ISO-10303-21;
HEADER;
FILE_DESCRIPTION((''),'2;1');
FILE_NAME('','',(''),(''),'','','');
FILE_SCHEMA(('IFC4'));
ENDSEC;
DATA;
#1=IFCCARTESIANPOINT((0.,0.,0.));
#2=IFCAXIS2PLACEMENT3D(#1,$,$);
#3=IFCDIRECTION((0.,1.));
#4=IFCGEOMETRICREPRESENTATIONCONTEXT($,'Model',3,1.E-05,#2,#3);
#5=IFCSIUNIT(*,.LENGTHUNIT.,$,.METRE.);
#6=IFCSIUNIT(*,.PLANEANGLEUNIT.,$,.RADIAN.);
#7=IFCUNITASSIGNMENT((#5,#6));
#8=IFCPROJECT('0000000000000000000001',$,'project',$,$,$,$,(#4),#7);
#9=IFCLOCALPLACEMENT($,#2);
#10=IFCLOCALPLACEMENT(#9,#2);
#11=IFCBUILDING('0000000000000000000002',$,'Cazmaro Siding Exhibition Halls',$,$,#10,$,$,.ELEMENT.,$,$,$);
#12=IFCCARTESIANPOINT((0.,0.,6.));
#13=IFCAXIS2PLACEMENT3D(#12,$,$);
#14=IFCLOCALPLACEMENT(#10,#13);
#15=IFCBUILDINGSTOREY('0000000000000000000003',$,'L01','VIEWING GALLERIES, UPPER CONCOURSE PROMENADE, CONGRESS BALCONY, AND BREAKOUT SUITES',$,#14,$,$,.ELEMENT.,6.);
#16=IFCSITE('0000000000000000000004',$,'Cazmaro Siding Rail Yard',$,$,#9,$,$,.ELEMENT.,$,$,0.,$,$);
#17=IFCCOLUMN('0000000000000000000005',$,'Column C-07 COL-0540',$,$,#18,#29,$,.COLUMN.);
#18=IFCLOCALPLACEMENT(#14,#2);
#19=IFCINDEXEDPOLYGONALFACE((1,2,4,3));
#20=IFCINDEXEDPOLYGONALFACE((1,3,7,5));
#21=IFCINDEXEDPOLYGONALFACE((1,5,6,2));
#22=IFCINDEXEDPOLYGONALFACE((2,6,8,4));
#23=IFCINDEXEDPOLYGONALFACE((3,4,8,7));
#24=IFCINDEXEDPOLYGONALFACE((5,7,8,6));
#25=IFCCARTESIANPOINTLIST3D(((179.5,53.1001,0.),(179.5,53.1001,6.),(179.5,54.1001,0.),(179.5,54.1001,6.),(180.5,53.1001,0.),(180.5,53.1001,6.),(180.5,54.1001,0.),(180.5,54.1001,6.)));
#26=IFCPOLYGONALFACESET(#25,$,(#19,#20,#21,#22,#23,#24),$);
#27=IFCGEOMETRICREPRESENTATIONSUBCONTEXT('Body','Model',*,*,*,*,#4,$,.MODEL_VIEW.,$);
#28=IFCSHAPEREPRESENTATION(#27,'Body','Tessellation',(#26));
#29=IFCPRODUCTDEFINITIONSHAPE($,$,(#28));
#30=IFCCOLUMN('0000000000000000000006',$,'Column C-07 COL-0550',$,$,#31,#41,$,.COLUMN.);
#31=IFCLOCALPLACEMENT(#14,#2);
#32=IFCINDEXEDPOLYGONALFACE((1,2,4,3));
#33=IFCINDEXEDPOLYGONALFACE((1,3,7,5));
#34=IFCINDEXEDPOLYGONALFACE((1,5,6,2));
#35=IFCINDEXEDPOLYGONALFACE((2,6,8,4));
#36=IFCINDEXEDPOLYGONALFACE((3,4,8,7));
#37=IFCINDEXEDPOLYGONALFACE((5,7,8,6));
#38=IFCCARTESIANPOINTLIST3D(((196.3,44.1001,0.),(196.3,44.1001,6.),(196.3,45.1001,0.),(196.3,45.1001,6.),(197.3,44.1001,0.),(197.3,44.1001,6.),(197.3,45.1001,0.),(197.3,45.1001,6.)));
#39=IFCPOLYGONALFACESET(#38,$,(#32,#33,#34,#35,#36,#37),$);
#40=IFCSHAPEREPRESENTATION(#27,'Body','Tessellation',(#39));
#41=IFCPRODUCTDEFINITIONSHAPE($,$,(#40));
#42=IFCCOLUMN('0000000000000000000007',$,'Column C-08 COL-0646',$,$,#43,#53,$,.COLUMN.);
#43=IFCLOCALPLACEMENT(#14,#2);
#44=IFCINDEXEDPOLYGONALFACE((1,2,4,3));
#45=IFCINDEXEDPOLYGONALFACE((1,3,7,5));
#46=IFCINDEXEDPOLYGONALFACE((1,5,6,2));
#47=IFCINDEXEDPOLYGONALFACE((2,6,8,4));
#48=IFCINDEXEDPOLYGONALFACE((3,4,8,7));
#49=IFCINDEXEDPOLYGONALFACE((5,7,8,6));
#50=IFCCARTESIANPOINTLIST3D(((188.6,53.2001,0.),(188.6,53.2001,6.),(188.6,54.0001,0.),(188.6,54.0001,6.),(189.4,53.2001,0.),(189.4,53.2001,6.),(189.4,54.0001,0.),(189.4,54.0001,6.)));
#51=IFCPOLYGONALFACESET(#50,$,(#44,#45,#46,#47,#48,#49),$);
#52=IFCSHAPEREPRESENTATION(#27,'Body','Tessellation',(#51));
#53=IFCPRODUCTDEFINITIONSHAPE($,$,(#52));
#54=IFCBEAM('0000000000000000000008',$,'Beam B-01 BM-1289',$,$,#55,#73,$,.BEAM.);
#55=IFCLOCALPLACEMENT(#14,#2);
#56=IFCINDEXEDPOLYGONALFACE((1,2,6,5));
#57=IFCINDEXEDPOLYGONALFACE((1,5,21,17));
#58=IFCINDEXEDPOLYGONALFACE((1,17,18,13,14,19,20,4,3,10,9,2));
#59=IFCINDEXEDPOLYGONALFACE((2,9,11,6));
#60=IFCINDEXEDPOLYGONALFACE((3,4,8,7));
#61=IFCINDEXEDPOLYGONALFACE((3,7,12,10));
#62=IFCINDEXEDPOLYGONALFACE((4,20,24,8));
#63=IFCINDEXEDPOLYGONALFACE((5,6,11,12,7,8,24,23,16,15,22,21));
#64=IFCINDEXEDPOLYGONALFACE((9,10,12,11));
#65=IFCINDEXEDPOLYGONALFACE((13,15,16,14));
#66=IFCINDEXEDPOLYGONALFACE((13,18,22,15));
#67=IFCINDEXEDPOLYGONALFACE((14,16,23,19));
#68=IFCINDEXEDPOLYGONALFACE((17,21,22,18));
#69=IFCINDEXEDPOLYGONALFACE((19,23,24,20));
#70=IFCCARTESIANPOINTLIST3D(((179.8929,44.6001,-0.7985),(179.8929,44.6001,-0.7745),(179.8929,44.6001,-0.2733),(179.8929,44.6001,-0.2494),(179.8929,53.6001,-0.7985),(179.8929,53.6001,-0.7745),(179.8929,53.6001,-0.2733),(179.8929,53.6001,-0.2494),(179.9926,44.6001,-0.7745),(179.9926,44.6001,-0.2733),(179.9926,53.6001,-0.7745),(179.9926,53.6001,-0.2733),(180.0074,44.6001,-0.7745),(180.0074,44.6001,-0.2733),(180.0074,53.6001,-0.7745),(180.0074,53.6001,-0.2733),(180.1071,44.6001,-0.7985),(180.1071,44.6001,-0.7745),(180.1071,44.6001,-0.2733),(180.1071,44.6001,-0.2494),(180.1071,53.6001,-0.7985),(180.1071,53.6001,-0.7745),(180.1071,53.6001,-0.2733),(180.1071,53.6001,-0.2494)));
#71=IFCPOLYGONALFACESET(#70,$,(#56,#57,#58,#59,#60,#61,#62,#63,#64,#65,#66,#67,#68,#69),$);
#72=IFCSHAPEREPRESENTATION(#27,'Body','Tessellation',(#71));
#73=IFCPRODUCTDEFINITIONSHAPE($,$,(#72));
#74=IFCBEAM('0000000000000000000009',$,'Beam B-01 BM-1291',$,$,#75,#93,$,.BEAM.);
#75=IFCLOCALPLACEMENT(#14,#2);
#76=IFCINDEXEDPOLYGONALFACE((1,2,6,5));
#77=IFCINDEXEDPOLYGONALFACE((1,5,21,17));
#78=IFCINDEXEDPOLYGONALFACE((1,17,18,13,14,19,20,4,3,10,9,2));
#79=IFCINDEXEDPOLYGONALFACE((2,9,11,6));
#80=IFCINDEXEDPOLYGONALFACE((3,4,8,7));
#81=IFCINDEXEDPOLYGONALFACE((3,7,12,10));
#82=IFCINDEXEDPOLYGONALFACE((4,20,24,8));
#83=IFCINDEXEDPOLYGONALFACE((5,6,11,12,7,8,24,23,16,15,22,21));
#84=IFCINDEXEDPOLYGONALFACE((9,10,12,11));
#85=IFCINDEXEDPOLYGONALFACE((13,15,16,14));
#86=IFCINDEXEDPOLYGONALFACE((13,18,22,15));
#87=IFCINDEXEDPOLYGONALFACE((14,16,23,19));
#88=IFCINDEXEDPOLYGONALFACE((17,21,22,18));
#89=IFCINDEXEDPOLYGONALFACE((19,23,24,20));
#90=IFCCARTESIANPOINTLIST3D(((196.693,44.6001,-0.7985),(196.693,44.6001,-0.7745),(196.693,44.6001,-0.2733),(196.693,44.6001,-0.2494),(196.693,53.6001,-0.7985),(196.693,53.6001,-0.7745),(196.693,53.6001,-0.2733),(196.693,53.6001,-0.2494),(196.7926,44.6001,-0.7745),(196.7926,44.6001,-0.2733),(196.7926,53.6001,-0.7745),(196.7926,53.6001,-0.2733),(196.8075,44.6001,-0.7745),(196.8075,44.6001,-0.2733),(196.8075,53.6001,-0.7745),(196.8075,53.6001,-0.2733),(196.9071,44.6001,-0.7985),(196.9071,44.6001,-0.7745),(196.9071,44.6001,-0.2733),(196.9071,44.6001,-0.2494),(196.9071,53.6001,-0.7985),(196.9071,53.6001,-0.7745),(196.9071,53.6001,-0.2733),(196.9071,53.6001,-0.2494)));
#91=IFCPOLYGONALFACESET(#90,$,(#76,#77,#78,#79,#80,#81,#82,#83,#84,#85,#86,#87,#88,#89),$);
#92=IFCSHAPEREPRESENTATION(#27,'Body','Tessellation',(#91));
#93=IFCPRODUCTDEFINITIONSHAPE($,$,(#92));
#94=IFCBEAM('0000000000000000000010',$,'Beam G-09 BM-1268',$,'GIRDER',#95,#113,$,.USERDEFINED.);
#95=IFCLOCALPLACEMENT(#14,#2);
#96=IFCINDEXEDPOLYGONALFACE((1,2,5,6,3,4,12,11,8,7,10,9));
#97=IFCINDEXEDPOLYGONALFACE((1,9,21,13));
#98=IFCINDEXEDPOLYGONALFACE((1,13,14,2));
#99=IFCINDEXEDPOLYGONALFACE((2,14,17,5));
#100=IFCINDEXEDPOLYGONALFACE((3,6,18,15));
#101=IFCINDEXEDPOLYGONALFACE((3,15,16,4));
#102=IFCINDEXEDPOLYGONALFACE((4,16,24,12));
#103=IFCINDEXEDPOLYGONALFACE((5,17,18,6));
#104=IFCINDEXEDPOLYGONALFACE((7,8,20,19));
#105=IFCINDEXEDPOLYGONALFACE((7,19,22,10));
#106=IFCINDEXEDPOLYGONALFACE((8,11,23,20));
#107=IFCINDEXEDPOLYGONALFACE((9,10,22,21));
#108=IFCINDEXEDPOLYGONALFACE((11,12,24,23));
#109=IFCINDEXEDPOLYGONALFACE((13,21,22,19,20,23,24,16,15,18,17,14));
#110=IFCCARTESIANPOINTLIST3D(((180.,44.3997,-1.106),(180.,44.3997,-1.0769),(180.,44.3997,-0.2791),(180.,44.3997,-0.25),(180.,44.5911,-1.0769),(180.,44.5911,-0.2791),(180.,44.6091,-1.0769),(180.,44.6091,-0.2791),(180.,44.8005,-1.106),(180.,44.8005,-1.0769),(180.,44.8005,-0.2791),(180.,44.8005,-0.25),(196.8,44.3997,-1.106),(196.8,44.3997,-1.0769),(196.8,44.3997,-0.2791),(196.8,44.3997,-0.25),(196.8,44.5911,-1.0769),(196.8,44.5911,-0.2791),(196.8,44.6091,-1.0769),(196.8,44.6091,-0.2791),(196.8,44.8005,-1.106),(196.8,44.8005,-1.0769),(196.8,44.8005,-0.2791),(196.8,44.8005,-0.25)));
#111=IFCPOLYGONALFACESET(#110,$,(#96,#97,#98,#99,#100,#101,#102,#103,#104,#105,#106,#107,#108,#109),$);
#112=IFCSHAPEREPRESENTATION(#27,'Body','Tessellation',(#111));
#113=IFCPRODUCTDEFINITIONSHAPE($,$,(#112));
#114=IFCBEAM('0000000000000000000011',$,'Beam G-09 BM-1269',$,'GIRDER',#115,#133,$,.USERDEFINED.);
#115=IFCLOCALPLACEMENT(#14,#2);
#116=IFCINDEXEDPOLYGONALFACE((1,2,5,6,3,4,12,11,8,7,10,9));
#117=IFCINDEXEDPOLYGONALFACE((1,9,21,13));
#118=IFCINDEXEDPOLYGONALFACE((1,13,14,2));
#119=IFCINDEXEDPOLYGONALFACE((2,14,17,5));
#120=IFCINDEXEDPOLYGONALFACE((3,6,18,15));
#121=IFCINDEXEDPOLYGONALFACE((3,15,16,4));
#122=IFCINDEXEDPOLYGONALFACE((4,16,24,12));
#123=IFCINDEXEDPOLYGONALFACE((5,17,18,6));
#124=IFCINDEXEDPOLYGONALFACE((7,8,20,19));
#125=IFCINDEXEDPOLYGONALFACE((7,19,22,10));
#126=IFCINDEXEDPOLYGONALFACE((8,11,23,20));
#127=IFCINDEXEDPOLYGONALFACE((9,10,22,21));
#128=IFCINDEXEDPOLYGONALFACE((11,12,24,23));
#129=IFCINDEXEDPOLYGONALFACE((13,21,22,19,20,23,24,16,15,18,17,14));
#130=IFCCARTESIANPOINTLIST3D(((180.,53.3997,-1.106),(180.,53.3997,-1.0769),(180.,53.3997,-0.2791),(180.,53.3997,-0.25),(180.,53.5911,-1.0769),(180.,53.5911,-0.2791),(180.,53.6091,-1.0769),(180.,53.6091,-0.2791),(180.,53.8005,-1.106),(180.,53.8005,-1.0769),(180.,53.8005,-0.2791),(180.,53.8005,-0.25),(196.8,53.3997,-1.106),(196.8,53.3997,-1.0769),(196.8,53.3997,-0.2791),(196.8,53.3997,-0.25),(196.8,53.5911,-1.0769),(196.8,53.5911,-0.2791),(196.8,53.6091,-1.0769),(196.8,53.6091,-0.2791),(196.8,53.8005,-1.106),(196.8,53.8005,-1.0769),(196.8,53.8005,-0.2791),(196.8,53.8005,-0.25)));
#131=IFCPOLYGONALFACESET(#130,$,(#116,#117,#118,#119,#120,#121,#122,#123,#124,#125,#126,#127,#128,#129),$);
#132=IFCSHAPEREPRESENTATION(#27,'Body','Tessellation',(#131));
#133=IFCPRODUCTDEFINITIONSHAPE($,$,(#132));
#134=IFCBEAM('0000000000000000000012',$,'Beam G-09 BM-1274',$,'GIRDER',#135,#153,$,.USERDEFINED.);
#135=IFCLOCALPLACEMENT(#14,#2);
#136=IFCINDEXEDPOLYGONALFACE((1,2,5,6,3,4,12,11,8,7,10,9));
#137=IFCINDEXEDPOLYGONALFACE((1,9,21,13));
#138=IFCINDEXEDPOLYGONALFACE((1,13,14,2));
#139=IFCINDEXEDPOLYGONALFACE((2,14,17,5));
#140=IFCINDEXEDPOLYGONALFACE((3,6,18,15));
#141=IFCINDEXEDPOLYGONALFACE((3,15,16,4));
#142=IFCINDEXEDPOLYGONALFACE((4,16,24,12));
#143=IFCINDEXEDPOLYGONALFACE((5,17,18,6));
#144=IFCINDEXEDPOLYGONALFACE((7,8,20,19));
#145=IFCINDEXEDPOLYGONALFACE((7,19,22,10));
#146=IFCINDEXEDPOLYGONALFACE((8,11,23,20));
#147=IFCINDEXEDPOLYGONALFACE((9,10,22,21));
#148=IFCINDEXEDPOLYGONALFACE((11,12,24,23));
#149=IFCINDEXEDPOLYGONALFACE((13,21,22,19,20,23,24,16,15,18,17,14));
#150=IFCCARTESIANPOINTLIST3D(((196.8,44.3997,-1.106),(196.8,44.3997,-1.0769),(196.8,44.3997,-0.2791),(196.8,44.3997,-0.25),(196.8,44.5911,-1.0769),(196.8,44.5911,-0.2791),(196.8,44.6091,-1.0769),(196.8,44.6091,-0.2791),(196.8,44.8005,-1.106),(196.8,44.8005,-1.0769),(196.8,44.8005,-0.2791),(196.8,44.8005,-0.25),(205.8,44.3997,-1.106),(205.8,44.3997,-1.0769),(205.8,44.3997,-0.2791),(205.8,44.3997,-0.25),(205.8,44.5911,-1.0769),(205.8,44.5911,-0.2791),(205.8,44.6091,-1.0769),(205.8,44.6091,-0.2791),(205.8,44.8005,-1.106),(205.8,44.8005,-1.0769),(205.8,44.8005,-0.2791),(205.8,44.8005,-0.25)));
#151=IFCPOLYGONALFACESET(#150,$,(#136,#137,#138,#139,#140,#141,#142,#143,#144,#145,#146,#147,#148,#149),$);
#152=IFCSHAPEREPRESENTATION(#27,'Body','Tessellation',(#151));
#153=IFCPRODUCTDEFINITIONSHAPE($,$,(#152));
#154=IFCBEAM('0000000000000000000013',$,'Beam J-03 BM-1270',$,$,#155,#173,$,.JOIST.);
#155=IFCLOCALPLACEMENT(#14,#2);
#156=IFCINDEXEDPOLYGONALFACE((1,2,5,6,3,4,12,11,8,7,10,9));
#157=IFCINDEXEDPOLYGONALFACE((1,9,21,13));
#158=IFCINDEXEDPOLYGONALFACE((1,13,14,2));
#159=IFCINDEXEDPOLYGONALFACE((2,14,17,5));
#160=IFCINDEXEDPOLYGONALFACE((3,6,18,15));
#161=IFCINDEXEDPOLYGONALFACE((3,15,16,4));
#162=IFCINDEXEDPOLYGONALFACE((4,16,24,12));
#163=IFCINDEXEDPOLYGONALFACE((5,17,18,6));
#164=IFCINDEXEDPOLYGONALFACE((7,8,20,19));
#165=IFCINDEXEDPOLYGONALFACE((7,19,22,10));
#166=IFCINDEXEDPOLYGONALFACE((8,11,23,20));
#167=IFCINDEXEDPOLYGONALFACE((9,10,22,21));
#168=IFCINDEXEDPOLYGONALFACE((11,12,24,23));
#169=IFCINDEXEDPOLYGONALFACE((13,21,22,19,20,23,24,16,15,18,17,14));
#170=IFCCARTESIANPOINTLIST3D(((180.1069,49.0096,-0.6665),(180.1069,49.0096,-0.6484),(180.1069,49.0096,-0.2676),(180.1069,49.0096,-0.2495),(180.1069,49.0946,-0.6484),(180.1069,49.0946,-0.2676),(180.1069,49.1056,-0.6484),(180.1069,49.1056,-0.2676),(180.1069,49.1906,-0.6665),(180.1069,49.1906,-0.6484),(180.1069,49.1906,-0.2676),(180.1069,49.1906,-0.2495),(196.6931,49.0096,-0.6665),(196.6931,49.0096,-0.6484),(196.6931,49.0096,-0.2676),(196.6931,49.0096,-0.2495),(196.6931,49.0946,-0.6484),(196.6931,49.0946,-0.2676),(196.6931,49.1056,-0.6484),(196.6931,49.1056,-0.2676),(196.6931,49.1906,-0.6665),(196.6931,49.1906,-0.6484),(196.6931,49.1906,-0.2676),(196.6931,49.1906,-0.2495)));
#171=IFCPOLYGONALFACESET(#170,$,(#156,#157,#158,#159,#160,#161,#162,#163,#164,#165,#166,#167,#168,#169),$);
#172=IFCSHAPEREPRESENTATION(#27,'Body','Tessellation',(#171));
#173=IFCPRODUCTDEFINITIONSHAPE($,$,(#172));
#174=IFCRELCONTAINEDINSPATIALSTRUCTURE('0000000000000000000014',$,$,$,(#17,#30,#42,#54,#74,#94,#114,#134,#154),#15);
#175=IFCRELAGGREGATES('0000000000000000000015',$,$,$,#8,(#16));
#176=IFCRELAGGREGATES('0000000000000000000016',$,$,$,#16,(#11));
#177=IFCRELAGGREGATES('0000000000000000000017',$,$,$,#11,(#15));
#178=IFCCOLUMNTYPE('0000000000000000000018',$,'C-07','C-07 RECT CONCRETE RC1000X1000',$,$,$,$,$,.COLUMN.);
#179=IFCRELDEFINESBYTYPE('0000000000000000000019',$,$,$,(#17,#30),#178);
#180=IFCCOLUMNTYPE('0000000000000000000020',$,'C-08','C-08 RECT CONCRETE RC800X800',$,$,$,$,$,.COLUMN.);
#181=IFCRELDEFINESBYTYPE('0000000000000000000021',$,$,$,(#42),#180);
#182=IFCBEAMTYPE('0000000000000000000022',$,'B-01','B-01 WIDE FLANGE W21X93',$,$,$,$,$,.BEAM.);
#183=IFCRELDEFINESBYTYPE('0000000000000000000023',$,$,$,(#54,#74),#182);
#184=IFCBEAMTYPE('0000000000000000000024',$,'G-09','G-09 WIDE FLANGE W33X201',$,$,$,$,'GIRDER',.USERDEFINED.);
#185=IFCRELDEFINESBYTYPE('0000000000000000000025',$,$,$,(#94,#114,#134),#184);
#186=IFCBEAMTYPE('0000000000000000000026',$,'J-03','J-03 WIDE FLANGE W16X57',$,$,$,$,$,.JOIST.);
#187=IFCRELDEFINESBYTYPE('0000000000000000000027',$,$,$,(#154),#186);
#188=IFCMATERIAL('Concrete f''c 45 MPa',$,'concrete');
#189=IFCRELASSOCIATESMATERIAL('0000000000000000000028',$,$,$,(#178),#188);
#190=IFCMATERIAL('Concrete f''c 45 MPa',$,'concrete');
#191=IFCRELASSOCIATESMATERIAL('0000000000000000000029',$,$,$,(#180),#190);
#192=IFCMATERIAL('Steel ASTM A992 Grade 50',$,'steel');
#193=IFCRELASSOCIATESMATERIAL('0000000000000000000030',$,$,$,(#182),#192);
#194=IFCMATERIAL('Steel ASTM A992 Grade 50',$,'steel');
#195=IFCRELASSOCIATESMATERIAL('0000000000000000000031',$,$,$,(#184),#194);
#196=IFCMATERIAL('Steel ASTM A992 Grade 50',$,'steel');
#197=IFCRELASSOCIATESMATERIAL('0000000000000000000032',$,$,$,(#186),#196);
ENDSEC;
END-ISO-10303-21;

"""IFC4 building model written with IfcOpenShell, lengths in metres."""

from ifc_helpers import new_model, si_unit, direction, frame, origin, origin_2d, place, context, subcontext, project, spatial, rectangle, i_section, extrude, material, material_profile, profile_set, type_object, element, save


model = new_model("IFC4")

# Units and contexts
model_context = context("Model", 3, precision=1e-05, world=origin(), true_north=direction((0.0, 1.0)))
body_context = subcontext(model_context, "Body", "Model", "MODEL_VIEW")
ifc_project = project(units=[si_unit("LENGTHUNIT", "METRE"), si_unit("PLANEANGLEUNIT", "RADIAN")], contexts=[model_context])

# Site, building, storey
site_placement = place(None, origin())
site = spatial("IfcSite", under=ifc_project, at=site_placement, Name="Cazmaro Siding Rail Yard", CompositionType="ELEMENT", RefElevation=0.0)
building_placement = place(site_placement, origin())
building = spatial("IfcBuilding", under=site, at=building_placement, Name="Cazmaro Siding Exhibition Halls", CompositionType="ELEMENT")
storey_placement = place(building_placement, frame((0.0, 0.0, 6.0)))
storey = spatial("IfcBuildingStorey", under=building, at=storey_placement, Name="L01", Description="VIEWING GALLERIES, UPPER CONCOURSE PROMENADE, CONGRESS BALCONY, AND BREAKOUT SUITES", CompositionType="ELEMENT", Elevation=6.0)

# Columns
ifc_material_1 = material(Name="Concrete f'c 45 MPa", Category="concrete")
ifc_material_profile_1 = material_profile(ifc_material_1, rectangle(XDim=1.0, YDim=1.0, at=origin_2d()), Name="RC1000X1000")
ifc_profile_set_1 = profile_set([ifc_material_profile_1], Name="Concrete f'c 45 MPa")
column_type_1 = type_object("IfcColumnType", Name="C-07", Description="C-07 RECT CONCRETE RC1000X1000", PredefinedType="COLUMN", material=ifc_profile_set_1)
for number, where, z_axis, x_axis, name in (
    (1, (180.0, 53.6001, 0.0), (0.0, 0.0, 1.0), (1.0, 0.0, 0.0), "Column C-07 COL-0540"),
    (2, (196.8, 44.6001, 0.0), (0.0, 0.0, 1.0), (1.0, 0.0, 0.0), "Column C-07 COL-0550"),
):
    element("IfcColumn", number, at=place(storey_placement, frame(where, z_axis=z_axis, x_axis=x_axis)), inside=storey, type_object=column_type_1, Name=name, PredefinedType="COLUMN", context=body_context, shape_type="SweptSolid", body=[
        extrude(rectangle(XDim=1.0, YDim=1.0, at=origin_2d()), origin(), (0.0, 0.0, 1.0), 6.0),
    ])
ifc_material_2 = material(Name="Concrete f'c 45 MPa", Category="concrete")
ifc_material_profile_2 = material_profile(ifc_material_2, rectangle(XDim=0.8, YDim=0.8, at=origin_2d()), Name="RC800X800")
ifc_profile_set_2 = profile_set([ifc_material_profile_2], Name="Concrete f'c 45 MPa")
column_type_2 = type_object("IfcColumnType", Name="C-08", Description="C-08 RECT CONCRETE RC800X800", PredefinedType="COLUMN", material=ifc_profile_set_2)
column_placement = place(storey_placement, frame((189.0, 53.6001, 0.0), z_axis=(0.0, 0.0, 1.0), x_axis=(1.0, 0.0, 0.0)))
element("IfcColumn", 3, at=column_placement, inside=storey, type_object=column_type_2, Name="Column C-08 COL-0646", PredefinedType="COLUMN", context=body_context, shape_type="SweptSolid", body=[
    extrude(rectangle(XDim=0.8, YDim=0.8, at=origin_2d()), origin(), (0.0, 0.0, 1.0), 6.0),
])

# Beams
ifc_material_3 = material(Name="Steel ASTM A992 Grade 50", Category="steel")
ifc_material_profile_3 = material_profile(ifc_material_3, i_section(OverallWidth=0.2141, OverallDepth=0.5491, WebThickness=0.0149, FlangeThickness=0.0239, at=origin_2d()), Name="W21X93")
ifc_profile_set_3 = profile_set([ifc_material_profile_3], Name="Steel ASTM A992 Grade 50")
beam_type_1 = type_object("IfcBeamType", Name="B-01", Description="B-01 WIDE FLANGE W21X93", PredefinedType="BEAM", material=ifc_profile_set_3)
for number, where, z_axis, x_axis, name in (
    (4, (180.0, 44.6001, -0.5239), (0.0, 1.0, 0.0), (-1.0, 0.0, 0.0), "Beam B-01 BM-1289"),
    (5, (196.8, 44.6001, -0.5239), (0.0, 1.0, 0.0), (-1.0, 0.0, 0.0), "Beam B-01 BM-1291"),
):
    element("IfcBeam", number, at=place(storey_placement, frame(where, z_axis=z_axis, x_axis=x_axis)), inside=storey, type_object=beam_type_1, Name=name, PredefinedType="BEAM", context=body_context, shape_type="SweptSolid", body=[
        extrude(i_section(OverallWidth=0.2141, OverallDepth=0.5491, WebThickness=0.0149, FlangeThickness=0.0239, at=origin_2d()), origin(), (0.0, 0.0, 1.0), 9.0),
    ])
ifc_material_4 = material(Name="Steel ASTM A992 Grade 50", Category="steel")
ifc_material_profile_4 = material_profile(ifc_material_4, i_section(OverallWidth=0.4009, OverallDepth=0.856, WebThickness=0.0181, FlangeThickness=0.0291, at=origin_2d()), Name="W33X201")
ifc_profile_set_4 = profile_set([ifc_material_profile_4], Name="Steel ASTM A992 Grade 50")
beam_type_2 = type_object("IfcBeamType", Name="G-09", Description="G-09 WIDE FLANGE W33X201", ElementType="GIRDER", PredefinedType="USERDEFINED", material=ifc_profile_set_4)
for number, where, z_axis, x_axis, name in (
    (6, (180.0, 44.6001, -0.678), (1.0, 0.0, 0.0), (0.0, 1.0, 0.0), "Beam G-09 BM-1268"),
    (7, (180.0, 53.6001, -0.678), (1.0, 0.0, 0.0), (0.0, 1.0, 0.0), "Beam G-09 BM-1269"),
):
    element("IfcBeam", number, at=place(storey_placement, frame(where, z_axis=z_axis, x_axis=x_axis)), inside=storey, type_object=beam_type_2, Name=name, ObjectType="GIRDER", PredefinedType="USERDEFINED", context=body_context, shape_type="SweptSolid", body=[
        extrude(i_section(OverallWidth=0.4009, OverallDepth=0.856, WebThickness=0.0181, FlangeThickness=0.0291, at=origin_2d()), origin(), (0.0, 0.0, 1.0), 16.8),
    ])
beam_1_placement = place(storey_placement, frame((196.8, 44.6001, -0.678), z_axis=(1.0, 0.0, 0.0), x_axis=(0.0, 1.0, 0.0)))
element("IfcBeam", 8, at=beam_1_placement, inside=storey, type_object=beam_type_2, Name="Beam G-09 BM-1274", ObjectType="GIRDER", PredefinedType="USERDEFINED", context=body_context, shape_type="SweptSolid", body=[
    extrude(i_section(OverallWidth=0.4009, OverallDepth=0.856, WebThickness=0.0181, FlangeThickness=0.0291, at=origin_2d()), origin(), (0.0, 0.0, 1.0), 9.0),
])
ifc_material_5 = material(Name="Steel ASTM A992 Grade 50", Category="steel")
ifc_material_profile_5 = material_profile(ifc_material_5, i_section(OverallWidth=0.1809, OverallDepth=0.417, WebThickness=0.011, FlangeThickness=0.0181, at=origin_2d()), Name="W16X57")
ifc_profile_set_5 = profile_set([ifc_material_profile_5], Name="Steel ASTM A992 Grade 50")
beam_type_3 = type_object("IfcBeamType", Name="J-03", Description="J-03 WIDE FLANGE W16X57", PredefinedType="JOIST", material=ifc_profile_set_5)
beam_2_placement = place(storey_placement, frame((180.1069, 49.1001, -0.458), z_axis=(1.0, 0.0, 0.0), x_axis=(0.0, 1.0, 0.0)))
element("IfcBeam", 9, at=beam_2_placement, inside=storey, type_object=beam_type_3, Name="Beam J-03 BM-1270", PredefinedType="JOIST", context=body_context, shape_type="SweptSolid", body=[
    extrude(i_section(OverallWidth=0.1809, OverallDepth=0.417, WebThickness=0.011, FlangeThickness=0.0181, at=origin_2d()), origin(), (0.0, 0.0, 1.0), 16.5862),
])

save(model, "model.ifc")
